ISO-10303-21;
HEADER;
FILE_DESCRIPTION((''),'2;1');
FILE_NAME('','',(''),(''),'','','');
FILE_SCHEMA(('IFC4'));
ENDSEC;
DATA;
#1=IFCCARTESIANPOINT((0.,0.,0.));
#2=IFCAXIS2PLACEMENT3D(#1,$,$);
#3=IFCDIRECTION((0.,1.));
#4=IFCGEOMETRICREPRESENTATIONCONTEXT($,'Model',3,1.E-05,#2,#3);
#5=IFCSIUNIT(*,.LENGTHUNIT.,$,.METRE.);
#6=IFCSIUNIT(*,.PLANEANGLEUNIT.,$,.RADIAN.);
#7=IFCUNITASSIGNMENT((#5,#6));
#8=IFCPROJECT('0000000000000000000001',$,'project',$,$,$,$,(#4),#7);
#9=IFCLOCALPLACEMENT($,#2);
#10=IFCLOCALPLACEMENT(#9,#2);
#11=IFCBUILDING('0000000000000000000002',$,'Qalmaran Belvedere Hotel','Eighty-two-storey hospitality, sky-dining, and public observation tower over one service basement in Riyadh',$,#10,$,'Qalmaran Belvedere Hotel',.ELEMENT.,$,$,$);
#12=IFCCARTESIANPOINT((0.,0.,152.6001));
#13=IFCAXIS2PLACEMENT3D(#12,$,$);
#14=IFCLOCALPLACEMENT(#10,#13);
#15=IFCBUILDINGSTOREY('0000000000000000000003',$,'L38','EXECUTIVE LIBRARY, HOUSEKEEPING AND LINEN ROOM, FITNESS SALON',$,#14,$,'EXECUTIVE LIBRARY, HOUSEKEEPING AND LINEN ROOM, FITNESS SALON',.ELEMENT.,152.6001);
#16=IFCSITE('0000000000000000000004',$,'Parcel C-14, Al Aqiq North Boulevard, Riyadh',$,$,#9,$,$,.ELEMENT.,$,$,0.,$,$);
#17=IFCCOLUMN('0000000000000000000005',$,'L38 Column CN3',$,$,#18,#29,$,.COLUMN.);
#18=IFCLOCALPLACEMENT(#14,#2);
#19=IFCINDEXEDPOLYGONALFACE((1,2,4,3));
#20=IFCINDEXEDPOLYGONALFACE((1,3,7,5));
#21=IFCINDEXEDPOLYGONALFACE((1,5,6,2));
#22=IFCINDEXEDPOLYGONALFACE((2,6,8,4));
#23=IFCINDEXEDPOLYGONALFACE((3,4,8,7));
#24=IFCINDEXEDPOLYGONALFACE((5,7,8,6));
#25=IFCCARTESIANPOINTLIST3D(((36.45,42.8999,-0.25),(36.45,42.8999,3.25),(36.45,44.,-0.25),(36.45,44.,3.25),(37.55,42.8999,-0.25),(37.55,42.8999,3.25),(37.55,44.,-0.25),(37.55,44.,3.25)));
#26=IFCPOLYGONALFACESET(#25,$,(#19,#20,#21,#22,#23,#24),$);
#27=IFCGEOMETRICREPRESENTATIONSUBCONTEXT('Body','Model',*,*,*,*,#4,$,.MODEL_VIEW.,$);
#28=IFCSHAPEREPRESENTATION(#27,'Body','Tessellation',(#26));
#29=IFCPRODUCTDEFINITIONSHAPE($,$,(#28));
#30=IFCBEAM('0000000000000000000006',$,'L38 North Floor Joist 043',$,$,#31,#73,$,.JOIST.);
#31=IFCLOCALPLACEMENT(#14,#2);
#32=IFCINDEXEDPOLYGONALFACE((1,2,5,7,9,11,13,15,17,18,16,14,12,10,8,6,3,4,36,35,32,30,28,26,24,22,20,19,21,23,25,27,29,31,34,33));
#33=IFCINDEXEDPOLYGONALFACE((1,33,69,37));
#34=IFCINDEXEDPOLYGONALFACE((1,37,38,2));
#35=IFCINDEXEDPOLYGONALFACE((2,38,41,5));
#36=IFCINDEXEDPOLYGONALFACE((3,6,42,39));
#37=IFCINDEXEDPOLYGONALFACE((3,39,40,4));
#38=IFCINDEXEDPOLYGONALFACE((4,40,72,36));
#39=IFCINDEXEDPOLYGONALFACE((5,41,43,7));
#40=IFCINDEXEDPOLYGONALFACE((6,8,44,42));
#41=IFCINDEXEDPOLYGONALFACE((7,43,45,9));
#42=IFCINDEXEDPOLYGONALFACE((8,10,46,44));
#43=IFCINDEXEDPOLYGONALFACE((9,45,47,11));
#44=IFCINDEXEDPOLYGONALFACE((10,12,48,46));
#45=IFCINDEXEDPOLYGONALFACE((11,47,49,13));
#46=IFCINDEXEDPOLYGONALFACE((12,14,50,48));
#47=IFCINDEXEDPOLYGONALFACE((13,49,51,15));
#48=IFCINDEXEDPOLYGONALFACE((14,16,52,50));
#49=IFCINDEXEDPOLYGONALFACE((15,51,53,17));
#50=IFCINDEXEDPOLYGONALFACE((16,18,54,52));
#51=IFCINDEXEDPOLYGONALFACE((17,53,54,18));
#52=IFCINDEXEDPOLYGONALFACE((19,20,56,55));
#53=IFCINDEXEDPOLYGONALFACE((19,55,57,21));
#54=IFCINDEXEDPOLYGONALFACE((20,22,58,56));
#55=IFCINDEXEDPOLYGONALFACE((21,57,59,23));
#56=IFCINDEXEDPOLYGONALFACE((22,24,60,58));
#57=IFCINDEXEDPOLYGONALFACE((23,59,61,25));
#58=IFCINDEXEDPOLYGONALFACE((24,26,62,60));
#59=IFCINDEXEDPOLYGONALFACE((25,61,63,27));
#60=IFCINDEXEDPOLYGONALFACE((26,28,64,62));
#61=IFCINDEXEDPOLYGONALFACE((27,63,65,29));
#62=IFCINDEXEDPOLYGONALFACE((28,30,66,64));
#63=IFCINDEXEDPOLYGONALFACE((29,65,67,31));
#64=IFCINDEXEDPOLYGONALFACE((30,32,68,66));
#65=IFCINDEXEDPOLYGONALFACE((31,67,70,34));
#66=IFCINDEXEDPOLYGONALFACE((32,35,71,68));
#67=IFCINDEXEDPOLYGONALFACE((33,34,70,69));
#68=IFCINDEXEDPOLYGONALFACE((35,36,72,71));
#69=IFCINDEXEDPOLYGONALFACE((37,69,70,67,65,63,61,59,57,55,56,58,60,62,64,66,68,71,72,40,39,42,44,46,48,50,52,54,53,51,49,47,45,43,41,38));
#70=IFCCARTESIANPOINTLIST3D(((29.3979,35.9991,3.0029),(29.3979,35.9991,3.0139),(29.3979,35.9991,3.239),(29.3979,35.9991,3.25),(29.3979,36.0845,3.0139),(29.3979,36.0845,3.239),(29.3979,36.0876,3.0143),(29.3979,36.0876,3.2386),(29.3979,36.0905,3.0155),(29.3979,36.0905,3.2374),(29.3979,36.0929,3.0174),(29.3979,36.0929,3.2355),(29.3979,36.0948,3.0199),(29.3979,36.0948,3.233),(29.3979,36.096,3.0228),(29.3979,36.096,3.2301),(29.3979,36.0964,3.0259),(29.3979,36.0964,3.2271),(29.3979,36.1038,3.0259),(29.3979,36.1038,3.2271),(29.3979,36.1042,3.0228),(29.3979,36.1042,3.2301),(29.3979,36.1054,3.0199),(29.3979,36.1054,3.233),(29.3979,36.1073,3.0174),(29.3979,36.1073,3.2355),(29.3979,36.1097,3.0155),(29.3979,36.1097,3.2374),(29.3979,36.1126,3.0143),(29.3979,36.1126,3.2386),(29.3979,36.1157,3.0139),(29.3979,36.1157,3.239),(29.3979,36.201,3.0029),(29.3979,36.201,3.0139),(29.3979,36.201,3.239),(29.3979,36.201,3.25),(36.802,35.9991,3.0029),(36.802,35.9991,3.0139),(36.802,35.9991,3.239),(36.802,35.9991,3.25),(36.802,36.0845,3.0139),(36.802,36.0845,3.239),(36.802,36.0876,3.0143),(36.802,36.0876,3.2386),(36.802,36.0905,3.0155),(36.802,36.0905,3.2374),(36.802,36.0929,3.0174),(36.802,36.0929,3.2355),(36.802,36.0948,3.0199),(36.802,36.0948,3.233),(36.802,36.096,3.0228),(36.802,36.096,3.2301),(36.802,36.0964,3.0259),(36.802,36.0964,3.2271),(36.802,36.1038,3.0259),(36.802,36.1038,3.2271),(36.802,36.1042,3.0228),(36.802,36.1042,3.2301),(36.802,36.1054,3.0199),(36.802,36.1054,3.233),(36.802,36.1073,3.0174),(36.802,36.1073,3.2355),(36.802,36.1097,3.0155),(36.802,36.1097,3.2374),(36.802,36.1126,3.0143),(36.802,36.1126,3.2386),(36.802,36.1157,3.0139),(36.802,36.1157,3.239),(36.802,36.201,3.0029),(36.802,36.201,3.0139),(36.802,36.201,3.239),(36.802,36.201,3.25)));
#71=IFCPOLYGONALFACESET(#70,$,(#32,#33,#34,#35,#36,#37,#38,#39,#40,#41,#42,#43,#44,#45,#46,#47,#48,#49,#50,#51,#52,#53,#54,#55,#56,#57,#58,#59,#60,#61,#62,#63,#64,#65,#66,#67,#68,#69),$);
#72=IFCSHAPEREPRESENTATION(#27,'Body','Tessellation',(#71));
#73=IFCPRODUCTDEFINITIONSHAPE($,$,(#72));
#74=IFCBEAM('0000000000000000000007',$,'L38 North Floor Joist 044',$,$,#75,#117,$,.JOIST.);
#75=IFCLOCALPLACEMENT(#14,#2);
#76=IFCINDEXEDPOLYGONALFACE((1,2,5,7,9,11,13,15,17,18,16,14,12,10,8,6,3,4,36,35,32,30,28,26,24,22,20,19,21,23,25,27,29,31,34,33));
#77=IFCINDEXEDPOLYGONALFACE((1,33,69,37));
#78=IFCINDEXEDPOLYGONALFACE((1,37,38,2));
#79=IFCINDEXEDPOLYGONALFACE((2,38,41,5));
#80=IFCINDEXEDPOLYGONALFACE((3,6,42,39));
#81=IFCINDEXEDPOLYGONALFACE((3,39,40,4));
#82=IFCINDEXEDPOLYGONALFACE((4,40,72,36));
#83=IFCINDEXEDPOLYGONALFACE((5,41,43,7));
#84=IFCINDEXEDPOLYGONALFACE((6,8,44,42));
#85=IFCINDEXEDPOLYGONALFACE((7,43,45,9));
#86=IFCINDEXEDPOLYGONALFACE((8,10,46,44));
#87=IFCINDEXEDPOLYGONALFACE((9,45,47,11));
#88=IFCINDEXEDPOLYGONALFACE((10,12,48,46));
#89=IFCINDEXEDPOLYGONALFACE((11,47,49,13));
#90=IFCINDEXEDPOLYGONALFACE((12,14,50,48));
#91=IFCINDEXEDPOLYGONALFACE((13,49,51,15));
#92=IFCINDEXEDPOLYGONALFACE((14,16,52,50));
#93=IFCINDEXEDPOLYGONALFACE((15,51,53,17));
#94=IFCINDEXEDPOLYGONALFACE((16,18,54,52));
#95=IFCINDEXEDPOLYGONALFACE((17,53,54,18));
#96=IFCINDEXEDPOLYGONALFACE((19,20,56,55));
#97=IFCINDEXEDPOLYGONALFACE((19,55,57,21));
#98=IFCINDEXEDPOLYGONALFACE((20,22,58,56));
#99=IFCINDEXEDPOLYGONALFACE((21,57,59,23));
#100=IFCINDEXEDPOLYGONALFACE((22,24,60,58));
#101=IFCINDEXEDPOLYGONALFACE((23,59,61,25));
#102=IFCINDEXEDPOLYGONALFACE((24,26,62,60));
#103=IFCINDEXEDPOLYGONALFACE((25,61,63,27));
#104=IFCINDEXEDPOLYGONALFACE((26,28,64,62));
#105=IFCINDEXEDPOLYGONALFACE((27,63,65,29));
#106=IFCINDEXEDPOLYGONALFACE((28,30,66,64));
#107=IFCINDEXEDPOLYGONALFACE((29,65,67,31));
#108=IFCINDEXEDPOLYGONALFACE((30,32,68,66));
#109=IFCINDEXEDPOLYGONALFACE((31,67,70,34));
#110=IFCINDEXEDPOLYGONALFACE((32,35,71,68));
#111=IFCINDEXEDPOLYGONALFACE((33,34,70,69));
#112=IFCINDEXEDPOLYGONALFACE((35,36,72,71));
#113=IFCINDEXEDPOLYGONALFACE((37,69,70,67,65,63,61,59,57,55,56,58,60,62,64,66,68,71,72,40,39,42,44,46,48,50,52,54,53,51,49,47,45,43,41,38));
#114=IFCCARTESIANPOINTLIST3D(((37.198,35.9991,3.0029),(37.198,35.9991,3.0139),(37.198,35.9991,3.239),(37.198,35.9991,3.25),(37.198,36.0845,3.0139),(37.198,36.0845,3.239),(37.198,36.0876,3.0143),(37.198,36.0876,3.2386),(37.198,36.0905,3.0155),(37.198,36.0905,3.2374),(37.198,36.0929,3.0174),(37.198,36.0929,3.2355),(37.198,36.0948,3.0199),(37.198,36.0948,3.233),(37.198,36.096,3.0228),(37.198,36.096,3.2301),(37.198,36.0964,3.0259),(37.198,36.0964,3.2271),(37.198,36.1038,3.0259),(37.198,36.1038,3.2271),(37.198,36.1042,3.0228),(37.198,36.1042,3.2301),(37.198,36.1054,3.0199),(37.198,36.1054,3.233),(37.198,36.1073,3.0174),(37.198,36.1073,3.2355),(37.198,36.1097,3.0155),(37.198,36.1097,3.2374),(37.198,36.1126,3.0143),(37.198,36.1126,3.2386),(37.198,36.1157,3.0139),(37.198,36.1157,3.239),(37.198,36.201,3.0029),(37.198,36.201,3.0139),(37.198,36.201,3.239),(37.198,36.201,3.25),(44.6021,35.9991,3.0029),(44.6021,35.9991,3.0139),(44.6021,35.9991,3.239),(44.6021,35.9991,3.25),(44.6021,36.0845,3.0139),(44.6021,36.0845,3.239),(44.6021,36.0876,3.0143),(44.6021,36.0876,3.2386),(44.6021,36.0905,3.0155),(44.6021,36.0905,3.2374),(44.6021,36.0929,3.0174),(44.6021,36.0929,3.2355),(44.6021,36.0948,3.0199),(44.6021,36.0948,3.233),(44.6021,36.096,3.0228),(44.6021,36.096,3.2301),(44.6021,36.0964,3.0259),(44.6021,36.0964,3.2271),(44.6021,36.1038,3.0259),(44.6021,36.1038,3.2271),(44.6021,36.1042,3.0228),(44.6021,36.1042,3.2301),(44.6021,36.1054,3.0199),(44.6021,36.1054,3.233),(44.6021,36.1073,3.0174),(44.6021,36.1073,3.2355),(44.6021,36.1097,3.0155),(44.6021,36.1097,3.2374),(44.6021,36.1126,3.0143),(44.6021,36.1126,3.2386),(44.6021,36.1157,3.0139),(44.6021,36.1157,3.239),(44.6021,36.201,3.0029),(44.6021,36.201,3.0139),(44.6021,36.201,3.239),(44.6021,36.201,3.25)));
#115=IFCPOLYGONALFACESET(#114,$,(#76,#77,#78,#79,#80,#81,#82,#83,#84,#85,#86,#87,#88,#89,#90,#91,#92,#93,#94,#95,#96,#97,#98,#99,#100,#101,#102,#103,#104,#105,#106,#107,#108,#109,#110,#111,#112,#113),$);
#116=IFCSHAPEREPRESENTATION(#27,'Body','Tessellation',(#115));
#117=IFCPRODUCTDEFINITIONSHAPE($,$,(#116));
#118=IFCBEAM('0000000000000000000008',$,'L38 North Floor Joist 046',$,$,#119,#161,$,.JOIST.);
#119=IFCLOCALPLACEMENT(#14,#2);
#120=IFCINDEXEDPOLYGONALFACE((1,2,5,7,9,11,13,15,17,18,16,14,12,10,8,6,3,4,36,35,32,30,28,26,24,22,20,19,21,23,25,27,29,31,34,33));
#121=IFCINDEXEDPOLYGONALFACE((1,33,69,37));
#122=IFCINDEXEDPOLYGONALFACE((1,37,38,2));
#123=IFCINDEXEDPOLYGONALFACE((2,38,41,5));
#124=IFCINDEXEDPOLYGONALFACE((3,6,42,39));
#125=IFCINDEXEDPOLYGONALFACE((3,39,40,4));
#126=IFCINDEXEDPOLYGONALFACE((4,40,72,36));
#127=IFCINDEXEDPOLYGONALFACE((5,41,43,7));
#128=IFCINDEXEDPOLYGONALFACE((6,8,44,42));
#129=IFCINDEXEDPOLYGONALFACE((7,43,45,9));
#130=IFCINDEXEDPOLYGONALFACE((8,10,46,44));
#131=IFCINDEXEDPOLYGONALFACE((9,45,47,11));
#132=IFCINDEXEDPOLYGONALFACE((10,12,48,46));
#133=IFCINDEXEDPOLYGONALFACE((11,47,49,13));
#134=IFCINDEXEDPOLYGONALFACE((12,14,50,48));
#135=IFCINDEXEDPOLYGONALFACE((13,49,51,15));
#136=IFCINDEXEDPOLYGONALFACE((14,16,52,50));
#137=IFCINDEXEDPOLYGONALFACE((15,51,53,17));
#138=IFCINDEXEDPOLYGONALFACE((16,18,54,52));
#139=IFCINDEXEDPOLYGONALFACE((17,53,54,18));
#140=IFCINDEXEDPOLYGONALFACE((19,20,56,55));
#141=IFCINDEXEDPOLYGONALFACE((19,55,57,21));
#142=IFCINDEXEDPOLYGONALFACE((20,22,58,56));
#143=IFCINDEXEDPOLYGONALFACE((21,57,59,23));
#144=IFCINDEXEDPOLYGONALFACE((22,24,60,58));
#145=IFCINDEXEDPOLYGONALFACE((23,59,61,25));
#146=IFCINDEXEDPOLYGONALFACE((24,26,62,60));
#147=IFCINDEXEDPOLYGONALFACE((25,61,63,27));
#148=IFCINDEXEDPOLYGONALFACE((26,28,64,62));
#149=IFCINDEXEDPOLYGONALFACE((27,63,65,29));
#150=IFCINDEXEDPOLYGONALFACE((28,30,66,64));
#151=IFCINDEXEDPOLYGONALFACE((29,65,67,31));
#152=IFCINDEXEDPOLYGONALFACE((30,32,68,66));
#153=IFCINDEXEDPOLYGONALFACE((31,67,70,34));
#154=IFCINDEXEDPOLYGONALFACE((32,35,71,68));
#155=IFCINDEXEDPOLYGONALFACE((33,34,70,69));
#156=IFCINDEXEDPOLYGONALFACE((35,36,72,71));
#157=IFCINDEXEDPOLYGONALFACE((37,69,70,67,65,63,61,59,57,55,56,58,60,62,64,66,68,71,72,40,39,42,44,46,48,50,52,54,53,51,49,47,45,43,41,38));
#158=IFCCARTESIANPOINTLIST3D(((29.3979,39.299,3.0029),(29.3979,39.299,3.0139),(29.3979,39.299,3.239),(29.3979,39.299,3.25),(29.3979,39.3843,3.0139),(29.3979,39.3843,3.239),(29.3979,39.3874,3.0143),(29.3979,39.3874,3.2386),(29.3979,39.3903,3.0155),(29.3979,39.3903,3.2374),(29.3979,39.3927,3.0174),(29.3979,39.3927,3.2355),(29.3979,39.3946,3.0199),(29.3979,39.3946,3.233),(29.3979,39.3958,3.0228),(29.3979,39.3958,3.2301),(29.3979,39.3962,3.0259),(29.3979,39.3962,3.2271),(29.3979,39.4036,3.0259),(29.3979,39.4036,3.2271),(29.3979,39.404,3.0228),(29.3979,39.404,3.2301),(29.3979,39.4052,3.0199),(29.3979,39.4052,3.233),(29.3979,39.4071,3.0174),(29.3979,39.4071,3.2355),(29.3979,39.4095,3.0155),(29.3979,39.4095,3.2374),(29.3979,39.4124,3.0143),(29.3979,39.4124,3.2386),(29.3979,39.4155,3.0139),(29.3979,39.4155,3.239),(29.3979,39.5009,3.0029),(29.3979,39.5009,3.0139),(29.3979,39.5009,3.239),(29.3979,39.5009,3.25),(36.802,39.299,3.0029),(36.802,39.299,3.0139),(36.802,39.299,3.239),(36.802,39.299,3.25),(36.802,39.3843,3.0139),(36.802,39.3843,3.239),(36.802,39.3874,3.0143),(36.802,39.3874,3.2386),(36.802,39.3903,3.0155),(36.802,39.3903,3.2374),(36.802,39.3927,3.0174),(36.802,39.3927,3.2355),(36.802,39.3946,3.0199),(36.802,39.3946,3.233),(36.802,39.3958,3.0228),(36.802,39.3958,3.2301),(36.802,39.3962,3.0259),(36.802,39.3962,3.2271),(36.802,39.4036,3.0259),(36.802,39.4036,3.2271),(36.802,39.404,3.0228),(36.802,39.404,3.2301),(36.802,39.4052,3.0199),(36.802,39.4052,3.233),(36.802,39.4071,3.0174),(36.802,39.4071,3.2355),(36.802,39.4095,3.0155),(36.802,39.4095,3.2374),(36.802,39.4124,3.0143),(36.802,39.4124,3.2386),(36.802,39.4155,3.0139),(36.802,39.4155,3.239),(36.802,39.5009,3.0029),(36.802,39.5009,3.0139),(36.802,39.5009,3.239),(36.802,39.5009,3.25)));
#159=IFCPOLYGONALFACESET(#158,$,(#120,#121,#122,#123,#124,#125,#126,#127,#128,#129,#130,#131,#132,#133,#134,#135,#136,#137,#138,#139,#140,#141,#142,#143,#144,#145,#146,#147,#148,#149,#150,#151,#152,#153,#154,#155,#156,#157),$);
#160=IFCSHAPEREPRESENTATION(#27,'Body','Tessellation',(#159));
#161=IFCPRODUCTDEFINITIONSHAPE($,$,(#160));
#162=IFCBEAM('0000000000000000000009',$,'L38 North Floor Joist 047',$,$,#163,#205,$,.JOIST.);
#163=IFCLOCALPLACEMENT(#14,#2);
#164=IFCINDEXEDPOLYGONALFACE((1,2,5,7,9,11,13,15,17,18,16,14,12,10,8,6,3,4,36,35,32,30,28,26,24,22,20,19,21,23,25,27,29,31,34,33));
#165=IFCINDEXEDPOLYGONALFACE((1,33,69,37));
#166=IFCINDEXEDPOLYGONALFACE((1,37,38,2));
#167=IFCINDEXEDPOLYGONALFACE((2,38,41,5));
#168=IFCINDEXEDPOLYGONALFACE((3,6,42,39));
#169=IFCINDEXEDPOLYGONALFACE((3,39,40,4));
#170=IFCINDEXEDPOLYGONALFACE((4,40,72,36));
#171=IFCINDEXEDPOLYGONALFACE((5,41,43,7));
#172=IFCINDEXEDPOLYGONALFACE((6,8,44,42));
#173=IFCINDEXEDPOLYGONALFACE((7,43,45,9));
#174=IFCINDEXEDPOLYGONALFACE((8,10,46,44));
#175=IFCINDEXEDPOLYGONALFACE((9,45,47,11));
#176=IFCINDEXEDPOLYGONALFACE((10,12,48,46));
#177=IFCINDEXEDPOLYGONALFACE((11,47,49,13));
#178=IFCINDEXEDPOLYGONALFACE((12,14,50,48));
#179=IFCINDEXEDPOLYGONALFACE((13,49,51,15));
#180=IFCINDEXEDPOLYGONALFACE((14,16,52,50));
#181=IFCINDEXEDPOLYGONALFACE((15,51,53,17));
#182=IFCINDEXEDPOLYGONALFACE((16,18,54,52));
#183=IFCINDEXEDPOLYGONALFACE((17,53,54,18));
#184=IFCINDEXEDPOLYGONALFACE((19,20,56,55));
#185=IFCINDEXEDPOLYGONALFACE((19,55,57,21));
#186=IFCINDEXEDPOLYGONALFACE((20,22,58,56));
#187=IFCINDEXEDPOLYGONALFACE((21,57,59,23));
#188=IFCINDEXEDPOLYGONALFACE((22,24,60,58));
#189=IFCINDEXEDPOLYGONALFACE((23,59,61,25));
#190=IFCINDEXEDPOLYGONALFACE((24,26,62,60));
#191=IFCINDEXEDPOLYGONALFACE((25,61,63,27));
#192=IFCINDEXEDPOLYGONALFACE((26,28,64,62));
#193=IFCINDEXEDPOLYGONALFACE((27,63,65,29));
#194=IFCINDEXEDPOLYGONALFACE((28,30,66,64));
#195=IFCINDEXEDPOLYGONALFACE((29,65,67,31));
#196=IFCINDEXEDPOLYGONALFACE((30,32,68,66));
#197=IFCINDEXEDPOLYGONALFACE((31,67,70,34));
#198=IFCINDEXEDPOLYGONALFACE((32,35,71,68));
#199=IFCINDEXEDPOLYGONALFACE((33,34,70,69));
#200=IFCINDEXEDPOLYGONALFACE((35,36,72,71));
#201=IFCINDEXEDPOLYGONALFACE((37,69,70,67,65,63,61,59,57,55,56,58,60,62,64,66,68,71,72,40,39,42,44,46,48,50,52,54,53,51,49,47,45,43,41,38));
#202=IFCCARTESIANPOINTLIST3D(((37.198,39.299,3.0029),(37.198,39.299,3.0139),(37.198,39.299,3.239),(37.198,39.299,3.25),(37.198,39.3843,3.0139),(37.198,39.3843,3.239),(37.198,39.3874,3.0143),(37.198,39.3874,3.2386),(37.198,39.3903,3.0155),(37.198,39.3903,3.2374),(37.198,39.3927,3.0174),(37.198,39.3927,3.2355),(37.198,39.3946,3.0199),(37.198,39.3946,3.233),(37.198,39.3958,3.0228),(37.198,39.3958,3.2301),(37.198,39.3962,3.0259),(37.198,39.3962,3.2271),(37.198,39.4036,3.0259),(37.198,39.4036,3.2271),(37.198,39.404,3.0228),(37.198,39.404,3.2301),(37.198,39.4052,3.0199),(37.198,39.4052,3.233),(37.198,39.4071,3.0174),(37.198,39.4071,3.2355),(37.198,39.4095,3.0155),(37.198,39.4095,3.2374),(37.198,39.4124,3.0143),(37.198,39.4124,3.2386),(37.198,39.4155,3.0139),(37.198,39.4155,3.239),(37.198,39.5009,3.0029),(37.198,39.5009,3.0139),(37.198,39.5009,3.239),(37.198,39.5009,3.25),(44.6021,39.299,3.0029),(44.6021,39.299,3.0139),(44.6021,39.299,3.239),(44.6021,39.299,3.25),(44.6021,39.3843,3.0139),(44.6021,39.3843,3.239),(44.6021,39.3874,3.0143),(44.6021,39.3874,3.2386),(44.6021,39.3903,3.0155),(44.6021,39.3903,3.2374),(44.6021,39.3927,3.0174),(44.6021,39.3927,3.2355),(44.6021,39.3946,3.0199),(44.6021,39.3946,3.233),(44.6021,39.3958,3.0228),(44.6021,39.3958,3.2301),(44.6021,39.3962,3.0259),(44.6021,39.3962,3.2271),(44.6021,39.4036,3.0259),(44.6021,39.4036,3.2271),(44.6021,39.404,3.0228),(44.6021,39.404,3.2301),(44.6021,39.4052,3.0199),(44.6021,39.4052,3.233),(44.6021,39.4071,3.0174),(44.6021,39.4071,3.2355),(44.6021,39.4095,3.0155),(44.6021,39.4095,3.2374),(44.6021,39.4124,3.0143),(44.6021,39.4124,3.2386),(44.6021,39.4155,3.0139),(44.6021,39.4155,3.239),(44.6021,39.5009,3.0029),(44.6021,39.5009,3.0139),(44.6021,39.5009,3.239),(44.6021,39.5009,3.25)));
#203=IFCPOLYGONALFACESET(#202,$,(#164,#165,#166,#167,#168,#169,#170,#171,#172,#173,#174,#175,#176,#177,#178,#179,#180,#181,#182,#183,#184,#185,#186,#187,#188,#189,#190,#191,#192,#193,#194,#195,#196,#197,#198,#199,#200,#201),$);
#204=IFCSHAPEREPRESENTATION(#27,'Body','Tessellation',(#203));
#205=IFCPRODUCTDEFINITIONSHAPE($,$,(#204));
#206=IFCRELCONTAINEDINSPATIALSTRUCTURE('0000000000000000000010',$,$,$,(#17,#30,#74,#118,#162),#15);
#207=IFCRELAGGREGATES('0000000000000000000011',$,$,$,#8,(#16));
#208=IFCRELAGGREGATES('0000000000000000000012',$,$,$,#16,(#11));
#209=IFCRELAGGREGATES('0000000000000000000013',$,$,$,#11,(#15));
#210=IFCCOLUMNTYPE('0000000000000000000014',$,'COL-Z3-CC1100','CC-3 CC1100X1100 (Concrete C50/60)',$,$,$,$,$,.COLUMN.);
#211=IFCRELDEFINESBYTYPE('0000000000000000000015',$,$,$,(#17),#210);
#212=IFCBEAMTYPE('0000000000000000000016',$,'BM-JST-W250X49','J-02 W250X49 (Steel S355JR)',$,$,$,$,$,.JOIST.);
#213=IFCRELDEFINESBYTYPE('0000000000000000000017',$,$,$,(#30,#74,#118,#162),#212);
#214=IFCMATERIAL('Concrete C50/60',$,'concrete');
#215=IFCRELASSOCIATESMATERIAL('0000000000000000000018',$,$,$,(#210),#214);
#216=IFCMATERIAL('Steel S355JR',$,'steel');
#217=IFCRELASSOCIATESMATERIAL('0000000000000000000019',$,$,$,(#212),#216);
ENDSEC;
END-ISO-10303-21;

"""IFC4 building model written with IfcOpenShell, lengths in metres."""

from ifc_helpers import new_model, si_unit, direction, frame, origin, origin_2d, place, context, subcontext, project, spatial, rectangle, i_section, extrude, material, material_profile, profile_set, type_object, element, save


model = new_model("IFC4")

# Units and contexts
model_context = context("Model", 3, precision=1e-05, world=origin(), true_north=direction((0.0, 1.0)))
body_context = subcontext(model_context, "Body", "Model", "MODEL_VIEW")
ifc_project = project(units=[si_unit("LENGTHUNIT", "METRE"), si_unit("PLANEANGLEUNIT", "RADIAN")], contexts=[model_context])

# Site, building, storey
site_placement = place(None, origin())
site = spatial("IfcSite", under=ifc_project, at=site_placement, Name="Parcel C-14, Al Aqiq North Boulevard, Riyadh", CompositionType="ELEMENT", RefElevation=0.0)
building_placement = place(site_placement, origin())
building = spatial("IfcBuilding", under=site, at=building_placement, Name="Qalmaran Belvedere Hotel", Description="Eighty-two-storey hospitality, sky-dining, and public observation tower over one service basement in Riyadh", LongName="Qalmaran Belvedere Hotel", CompositionType="ELEMENT")
storey_placement = place(building_placement, frame((0.0, 0.0, 152.6001)))
storey = spatial("IfcBuildingStorey", under=building, at=storey_placement, Name="L38", Description="EXECUTIVE LIBRARY, HOUSEKEEPING AND LINEN ROOM, FITNESS SALON", LongName="EXECUTIVE LIBRARY, HOUSEKEEPING AND LINEN ROOM, FITNESS SALON", CompositionType="ELEMENT", Elevation=152.6001)

# Column
ifc_material_1 = material(Name="Concrete C50/60", Category="concrete")
ifc_material_profile_1 = material_profile(ifc_material_1, rectangle(XDim=1.1001, YDim=1.1001, at=origin_2d()), Name="CC1100X1100")
ifc_profile_set_1 = profile_set([ifc_material_profile_1], Name="Concrete C50/60")
column_type = type_object("IfcColumnType", Name="COL-Z3-CC1100", Description="CC-3 CC1100X1100 (Concrete C50/60)", PredefinedType="COLUMN", material=ifc_profile_set_1)
column_placement = place(storey_placement, frame((37.0, 43.45, -0.25), z_axis=(0.0, 0.0, 1.0), x_axis=(1.0, 0.0, 0.0)))
element("IfcColumn", 1, at=column_placement, inside=storey, type_object=column_type, Name="L38 Column CN3", PredefinedType="COLUMN", context=body_context, shape_type="SweptSolid", body=[
    extrude(rectangle(XDim=1.1001, YDim=1.1001, at=origin_2d()), origin(), (0.0, 0.0, 1.0), 3.5),
])

# Beams
ifc_material_2 = material(Name="Steel S355JR", Category="steel")
ifc_material_profile_2 = material_profile(ifc_material_2, i_section(OverallWidth=0.2019, OverallDepth=0.2471, WebThickness=0.0073, FlangeThickness=0.011, FilletRadius=0.012, at=origin_2d()), Name="W250X49")
ifc_profile_set_2 = profile_set([ifc_material_profile_2], Name="Steel S355JR")
beam_type_1 = type_object("IfcBeamType", Name="BM-JST-W250X49", Description="J-02 W250X49 (Steel S355JR)", PredefinedType="JOIST", material=ifc_profile_set_2)
for number, where, z_axis, x_axis, name in (
    (2, (29.3979, 36.1001, 3.1265), (1.0, 0.0, 0.0), (0.0, 1.0, 0.0), "L38 North Floor Joist 043"),
    (3, (37.198, 36.1001, 3.1265), (1.0, 0.0, 0.0), (0.0, 1.0, 0.0), "L38 North Floor Joist 044"),
    (4, (29.3979, 39.3999, 3.1265), (1.0, 0.0, 0.0), (0.0, 1.0, 0.0), "L38 North Floor Joist 046"),
    (5, (37.198, 39.3999, 3.1265), (1.0, 0.0, 0.0), (0.0, 1.0, 0.0), "L38 North Floor Joist 047"),
):
    element("IfcBeam", number, at=place(storey_placement, frame(where, z_axis=z_axis, x_axis=x_axis)), inside=storey, type_object=beam_type_1, Name=name, PredefinedType="JOIST", context=body_context, shape_type="SweptSolid", body=[
        extrude(i_section(OverallWidth=0.2019, OverallDepth=0.2471, WebThickness=0.0073, FlangeThickness=0.011, FilletRadius=0.012, at=origin_2d()), origin(), (0.0, 0.0, 1.0), 7.4041),
    ])

save(model, "model.ifc")
